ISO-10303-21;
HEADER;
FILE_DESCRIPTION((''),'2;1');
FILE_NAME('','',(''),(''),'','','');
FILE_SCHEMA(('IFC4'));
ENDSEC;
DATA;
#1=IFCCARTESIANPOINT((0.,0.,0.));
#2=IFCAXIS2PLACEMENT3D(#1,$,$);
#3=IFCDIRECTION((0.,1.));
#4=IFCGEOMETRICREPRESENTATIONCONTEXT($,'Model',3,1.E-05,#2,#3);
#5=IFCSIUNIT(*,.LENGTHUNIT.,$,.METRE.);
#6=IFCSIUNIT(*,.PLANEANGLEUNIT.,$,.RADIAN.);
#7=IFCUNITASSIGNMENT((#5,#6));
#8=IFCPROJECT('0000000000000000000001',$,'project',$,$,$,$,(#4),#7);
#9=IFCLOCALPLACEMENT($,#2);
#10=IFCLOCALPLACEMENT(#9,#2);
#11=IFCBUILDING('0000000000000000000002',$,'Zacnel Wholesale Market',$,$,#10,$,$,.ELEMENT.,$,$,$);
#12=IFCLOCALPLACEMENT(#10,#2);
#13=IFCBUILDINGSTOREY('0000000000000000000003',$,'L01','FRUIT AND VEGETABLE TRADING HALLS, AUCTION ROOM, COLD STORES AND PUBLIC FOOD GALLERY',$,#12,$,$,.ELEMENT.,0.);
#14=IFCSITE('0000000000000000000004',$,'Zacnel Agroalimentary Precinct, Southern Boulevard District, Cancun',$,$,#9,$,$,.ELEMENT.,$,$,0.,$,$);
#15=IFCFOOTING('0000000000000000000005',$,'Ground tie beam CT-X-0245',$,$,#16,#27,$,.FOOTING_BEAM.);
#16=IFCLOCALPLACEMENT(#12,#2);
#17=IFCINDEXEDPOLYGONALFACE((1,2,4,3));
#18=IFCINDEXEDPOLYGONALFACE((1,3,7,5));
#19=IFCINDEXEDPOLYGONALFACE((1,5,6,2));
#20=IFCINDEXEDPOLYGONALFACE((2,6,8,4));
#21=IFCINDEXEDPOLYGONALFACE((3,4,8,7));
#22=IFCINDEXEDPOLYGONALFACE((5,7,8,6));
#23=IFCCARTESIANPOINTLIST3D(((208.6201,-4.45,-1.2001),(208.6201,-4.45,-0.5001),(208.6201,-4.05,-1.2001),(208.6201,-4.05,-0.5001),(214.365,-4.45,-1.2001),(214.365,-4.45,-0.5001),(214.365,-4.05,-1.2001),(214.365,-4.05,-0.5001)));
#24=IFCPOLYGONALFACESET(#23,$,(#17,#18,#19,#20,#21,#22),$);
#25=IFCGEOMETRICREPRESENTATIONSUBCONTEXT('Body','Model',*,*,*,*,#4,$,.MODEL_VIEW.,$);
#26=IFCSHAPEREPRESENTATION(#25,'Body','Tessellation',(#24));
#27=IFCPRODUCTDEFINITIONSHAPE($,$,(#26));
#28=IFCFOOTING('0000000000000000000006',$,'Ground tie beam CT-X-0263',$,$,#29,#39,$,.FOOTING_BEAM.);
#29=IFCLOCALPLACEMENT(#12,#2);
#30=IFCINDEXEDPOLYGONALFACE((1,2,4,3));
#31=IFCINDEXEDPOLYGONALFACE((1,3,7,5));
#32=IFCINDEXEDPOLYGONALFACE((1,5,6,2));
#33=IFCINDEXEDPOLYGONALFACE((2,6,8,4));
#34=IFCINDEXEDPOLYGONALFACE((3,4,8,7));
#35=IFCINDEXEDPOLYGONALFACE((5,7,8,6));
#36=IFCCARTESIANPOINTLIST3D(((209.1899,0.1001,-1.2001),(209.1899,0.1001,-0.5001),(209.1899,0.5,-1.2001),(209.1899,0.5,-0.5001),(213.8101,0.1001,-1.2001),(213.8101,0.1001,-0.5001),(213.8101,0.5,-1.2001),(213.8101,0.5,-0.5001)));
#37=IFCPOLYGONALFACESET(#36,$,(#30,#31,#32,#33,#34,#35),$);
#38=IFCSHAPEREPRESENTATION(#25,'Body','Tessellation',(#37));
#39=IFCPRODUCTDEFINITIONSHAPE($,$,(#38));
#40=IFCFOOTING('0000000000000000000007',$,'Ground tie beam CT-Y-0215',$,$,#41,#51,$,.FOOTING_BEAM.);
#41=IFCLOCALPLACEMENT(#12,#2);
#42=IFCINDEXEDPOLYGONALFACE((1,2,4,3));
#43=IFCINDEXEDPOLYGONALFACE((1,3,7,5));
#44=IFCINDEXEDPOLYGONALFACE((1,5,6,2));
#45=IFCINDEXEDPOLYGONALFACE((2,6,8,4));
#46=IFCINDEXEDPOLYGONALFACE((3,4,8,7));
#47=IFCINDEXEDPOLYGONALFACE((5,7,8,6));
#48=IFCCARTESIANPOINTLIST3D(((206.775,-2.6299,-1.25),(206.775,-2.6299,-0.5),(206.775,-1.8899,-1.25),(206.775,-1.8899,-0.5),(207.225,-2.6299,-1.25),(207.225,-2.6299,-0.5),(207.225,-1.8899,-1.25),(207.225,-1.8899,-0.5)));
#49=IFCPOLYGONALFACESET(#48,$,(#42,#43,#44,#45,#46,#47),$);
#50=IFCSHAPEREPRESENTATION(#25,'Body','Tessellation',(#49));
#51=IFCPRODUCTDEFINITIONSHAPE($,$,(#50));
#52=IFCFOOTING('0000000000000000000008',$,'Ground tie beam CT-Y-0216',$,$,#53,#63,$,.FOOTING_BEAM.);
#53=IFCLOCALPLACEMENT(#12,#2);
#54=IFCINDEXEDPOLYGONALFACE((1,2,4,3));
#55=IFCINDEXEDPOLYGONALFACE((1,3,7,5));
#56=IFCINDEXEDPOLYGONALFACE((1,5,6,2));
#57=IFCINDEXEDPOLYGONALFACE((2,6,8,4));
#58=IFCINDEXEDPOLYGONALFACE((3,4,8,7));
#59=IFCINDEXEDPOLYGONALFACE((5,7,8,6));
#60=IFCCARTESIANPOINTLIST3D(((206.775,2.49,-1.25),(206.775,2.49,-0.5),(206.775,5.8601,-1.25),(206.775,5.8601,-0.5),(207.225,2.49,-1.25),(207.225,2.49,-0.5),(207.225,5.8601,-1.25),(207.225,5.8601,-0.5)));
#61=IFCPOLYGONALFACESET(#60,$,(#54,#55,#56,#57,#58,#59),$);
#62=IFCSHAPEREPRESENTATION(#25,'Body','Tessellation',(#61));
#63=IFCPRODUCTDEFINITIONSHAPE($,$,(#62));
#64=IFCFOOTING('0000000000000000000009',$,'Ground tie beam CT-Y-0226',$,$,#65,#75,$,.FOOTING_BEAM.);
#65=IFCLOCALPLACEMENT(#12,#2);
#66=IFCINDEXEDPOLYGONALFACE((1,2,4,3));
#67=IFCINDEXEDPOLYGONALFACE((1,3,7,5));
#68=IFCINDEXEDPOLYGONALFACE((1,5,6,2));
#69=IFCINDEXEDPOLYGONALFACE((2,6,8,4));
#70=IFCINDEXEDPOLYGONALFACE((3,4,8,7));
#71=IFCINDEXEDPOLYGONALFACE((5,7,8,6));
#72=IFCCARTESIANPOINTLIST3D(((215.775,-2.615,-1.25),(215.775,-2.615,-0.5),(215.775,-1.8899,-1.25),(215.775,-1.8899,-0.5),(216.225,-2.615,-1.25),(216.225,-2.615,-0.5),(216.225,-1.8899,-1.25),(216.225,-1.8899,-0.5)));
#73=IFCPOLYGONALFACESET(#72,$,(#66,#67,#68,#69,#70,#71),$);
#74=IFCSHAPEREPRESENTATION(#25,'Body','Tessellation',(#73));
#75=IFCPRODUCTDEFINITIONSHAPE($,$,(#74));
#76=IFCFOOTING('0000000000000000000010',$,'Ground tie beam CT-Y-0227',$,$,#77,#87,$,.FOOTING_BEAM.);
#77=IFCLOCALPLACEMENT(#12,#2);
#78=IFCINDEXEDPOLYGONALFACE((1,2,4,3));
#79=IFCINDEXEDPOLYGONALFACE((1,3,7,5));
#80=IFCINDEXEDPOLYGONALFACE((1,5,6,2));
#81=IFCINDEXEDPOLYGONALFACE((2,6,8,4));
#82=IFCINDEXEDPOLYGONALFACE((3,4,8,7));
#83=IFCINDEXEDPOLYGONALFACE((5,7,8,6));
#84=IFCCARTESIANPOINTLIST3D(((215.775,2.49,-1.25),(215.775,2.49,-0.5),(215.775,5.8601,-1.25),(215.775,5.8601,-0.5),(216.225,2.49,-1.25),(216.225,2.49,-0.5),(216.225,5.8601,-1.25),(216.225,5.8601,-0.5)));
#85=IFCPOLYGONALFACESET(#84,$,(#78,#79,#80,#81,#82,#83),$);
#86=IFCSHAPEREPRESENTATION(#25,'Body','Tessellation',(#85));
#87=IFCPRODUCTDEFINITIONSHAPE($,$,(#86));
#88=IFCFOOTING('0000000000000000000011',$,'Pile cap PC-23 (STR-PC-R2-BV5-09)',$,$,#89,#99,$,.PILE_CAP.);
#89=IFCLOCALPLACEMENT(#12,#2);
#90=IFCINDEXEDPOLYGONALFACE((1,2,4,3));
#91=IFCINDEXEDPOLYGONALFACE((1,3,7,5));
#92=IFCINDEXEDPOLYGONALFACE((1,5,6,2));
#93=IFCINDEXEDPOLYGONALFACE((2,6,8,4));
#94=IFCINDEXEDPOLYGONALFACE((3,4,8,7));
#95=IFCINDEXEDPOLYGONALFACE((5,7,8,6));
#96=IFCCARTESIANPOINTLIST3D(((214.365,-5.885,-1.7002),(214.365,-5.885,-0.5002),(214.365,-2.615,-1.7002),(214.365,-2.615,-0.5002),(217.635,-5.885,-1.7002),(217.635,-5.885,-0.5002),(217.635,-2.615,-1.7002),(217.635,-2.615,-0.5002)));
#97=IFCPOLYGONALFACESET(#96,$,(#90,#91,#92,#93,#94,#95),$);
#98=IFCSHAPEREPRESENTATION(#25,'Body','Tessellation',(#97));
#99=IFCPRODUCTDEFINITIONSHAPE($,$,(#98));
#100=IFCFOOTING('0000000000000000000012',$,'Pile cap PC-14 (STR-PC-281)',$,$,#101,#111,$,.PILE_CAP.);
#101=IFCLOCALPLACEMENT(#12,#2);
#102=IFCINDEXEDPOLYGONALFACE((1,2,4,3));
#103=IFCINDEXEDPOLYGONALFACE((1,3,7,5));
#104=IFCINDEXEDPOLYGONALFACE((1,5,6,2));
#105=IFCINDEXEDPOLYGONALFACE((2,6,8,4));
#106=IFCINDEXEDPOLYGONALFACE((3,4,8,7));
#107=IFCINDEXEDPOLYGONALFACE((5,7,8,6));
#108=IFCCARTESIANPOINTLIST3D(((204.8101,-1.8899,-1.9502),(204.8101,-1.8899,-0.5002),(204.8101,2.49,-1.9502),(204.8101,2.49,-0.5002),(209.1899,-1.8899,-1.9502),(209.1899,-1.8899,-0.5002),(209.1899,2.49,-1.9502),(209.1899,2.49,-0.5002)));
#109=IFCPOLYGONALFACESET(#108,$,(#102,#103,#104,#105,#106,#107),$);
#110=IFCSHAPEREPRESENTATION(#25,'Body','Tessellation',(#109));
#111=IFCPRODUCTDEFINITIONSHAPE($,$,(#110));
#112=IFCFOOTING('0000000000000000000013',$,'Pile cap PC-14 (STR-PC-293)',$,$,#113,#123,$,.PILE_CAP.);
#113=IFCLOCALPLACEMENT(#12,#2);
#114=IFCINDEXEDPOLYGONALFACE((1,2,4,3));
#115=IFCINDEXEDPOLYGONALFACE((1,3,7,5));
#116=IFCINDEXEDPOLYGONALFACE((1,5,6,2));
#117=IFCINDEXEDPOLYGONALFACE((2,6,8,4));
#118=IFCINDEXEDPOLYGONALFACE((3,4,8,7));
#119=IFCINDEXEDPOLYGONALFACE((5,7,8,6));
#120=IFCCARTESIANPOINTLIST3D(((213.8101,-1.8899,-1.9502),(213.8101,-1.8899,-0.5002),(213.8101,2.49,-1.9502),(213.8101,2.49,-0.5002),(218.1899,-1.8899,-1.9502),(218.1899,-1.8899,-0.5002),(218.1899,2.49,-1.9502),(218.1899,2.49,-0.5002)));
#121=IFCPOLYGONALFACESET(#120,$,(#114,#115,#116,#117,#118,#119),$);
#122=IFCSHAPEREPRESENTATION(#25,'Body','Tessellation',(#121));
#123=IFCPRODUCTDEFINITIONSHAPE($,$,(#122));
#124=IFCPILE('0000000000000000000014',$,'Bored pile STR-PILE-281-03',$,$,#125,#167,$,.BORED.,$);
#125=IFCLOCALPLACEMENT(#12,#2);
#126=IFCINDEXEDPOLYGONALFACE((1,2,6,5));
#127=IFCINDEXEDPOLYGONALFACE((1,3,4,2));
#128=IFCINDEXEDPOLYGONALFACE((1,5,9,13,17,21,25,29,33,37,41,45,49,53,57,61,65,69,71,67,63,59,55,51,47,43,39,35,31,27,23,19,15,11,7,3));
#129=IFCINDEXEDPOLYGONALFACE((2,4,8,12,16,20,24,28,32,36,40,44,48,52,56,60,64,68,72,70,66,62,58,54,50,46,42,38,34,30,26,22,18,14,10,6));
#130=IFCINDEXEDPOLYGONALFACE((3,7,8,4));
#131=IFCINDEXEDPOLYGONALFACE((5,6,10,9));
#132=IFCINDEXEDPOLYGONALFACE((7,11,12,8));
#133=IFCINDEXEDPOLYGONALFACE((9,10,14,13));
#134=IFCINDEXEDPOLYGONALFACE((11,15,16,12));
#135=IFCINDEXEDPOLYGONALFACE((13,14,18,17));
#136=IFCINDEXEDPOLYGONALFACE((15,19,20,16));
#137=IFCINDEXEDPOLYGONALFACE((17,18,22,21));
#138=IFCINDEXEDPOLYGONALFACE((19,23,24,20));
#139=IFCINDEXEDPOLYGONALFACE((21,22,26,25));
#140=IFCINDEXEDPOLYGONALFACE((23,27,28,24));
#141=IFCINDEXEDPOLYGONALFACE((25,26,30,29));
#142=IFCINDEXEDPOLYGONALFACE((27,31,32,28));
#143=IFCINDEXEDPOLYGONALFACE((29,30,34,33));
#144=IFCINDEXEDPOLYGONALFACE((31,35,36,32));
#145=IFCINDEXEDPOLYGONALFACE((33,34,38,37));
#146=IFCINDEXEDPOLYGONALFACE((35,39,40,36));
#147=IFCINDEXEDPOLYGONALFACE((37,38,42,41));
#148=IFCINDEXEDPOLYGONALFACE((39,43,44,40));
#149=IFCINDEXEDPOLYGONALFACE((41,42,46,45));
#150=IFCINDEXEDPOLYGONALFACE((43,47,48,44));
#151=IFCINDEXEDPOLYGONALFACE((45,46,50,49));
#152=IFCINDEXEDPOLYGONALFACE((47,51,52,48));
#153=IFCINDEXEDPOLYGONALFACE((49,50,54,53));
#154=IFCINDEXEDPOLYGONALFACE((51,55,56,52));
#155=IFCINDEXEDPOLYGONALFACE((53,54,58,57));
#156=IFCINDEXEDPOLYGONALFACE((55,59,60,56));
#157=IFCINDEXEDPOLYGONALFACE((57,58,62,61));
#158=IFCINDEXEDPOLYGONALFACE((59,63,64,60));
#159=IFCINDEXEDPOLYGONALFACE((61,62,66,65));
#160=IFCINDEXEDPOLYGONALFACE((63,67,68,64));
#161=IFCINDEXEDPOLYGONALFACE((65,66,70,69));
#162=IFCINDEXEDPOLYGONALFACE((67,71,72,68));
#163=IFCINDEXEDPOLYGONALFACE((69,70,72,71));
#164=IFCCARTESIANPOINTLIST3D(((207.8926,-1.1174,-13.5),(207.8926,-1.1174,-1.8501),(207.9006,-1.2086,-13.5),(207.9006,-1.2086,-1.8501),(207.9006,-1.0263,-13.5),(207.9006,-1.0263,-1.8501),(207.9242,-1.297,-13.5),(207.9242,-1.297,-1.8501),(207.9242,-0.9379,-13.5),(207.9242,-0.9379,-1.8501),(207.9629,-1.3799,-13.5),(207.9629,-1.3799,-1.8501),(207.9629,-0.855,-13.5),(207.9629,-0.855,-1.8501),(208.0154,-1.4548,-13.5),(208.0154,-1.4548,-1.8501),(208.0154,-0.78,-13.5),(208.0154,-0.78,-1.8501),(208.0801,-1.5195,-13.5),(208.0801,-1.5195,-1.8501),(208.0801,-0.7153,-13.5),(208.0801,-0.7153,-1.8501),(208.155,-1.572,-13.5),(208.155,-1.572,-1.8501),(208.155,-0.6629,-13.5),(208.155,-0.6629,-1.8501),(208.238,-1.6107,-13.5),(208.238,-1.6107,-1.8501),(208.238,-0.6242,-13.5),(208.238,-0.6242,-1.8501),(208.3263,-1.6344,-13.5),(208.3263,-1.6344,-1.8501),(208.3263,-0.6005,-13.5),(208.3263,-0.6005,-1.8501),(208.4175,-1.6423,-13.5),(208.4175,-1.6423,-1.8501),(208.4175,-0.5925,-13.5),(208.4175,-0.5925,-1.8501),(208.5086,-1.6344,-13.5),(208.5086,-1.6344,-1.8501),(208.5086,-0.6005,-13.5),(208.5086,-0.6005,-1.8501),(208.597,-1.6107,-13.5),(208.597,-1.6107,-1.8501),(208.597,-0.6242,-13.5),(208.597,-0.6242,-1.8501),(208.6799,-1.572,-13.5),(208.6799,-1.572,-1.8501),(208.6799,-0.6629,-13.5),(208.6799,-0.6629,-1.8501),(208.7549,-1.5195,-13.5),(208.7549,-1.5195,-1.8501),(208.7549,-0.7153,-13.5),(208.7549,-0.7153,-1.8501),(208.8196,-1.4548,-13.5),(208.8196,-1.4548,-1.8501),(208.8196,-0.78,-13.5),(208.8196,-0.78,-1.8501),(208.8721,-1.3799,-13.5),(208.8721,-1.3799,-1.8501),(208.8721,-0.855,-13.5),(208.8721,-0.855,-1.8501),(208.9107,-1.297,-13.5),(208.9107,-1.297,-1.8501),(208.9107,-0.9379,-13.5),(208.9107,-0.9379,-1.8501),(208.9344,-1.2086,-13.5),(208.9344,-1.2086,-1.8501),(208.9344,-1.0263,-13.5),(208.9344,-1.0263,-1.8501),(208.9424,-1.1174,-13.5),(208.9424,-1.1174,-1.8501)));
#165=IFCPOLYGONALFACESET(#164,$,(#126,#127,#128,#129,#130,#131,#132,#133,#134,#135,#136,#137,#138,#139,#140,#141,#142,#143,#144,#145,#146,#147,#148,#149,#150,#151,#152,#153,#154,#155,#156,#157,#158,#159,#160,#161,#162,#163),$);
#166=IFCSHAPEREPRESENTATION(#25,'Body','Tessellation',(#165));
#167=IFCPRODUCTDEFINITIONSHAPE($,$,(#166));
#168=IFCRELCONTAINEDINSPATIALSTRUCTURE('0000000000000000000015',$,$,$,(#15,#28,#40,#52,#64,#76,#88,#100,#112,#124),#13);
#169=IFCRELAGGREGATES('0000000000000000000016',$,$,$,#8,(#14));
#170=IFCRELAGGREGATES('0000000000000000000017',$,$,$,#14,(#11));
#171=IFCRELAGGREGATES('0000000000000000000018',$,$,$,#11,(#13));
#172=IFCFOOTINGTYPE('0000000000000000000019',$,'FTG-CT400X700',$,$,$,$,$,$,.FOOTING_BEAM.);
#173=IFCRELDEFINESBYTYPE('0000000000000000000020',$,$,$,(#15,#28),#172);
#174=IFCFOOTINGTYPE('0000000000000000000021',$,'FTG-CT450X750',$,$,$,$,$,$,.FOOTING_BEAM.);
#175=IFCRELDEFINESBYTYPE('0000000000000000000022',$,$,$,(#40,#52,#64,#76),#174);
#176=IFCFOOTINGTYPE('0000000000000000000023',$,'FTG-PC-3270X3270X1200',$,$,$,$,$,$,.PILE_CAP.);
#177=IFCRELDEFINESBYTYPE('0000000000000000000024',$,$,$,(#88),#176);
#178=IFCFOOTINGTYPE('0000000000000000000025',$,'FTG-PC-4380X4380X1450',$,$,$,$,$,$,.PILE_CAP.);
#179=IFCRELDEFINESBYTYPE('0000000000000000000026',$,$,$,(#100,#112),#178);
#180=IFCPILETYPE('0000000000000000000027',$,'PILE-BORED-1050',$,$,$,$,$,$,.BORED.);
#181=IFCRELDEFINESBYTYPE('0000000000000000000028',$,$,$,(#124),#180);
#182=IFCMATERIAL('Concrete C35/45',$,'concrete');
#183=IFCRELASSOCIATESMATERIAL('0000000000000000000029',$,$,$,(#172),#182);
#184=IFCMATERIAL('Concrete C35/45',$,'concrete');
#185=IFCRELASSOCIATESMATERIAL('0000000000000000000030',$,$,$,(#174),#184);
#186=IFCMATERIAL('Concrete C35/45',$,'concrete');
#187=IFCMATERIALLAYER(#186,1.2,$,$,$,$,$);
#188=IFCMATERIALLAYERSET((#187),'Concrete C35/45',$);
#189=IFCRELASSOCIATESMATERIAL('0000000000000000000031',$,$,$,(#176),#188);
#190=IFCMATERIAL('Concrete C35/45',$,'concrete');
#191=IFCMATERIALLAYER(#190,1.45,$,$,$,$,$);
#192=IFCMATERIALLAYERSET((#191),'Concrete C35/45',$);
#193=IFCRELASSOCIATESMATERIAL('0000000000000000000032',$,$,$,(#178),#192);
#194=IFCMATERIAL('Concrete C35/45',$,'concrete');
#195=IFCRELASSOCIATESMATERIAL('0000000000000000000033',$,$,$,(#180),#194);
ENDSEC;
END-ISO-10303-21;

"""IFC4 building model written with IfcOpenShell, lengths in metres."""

from ifc_helpers import new_model, si_unit, direction, frame, origin, origin_2d, place, context, subcontext, project, spatial, rectangle, circle, extrude, material, layer, layer_set, material_profile, profile_set, type_object, element, save


model = new_model("IFC4")

# Units and contexts
model_context = context("Model", 3, precision=1e-05, world=origin(), true_north=direction((0.0, 1.0)))
body_context = subcontext(model_context, "Body", "Model", "MODEL_VIEW")
ifc_project = project(units=[si_unit("LENGTHUNIT", "METRE"), si_unit("PLANEANGLEUNIT", "RADIAN")], contexts=[model_context])

# Site, building, storey
site_placement = place(None, origin())
site = spatial("IfcSite", under=ifc_project, at=site_placement, Name="Zacnel Agroalimentary Precinct, Southern Boulevard District, Cancun", CompositionType="ELEMENT", RefElevation=0.0)
building_placement = place(site_placement, origin())
building = spatial("IfcBuilding", under=site, at=building_placement, Name="Zacnel Wholesale Market", CompositionType="ELEMENT")
storey_placement = place(building_placement, origin())
storey = spatial("IfcBuildingStorey", under=building, at=storey_placement, Name="L01", Description="FRUIT AND VEGETABLE TRADING HALLS, AUCTION ROOM, COLD STORES AND PUBLIC FOOD GALLERY", CompositionType="ELEMENT", Elevation=0.0)

# Footings
ifc_material_1 = material(Name="Concrete C35/45", Category="concrete")
ifc_material_profile_1 = material_profile(ifc_material_1, rectangle(XDim=0.3999, YDim=0.7, at=origin_2d()), Name="CT 400x700")
ifc_profile_set_1 = profile_set([ifc_material_profile_1], Name="Concrete C35/45")
footing_type_1 = type_object("IfcFootingType", Name="FTG-CT400X700", PredefinedType="FOOTING_BEAM", material=ifc_profile_set_1)
footing_1_placement = place(storey_placement, frame((208.6201, -4.25, -0.8501), z_axis=(1.0, 0.0, 0.0), x_axis=(0.0, 1.0, 0.0)))
element("IfcFooting", 1, at=footing_1_placement, inside=storey, type_object=footing_type_1, Name="Ground tie beam CT-X-0245", PredefinedType="FOOTING_BEAM", context=body_context, shape_type="SweptSolid", body=[
    extrude(rectangle(XDim=0.3999, YDim=0.7, at=origin_2d()), origin(), (0.0, 0.0, 1.0), 5.7449),
])
footing_2_placement = place(storey_placement, frame((209.1899, 0.3, -0.8501), z_axis=(1.0, 0.0, 0.0), x_axis=(0.0, 1.0, 0.0)))
element("IfcFooting", 2, at=footing_2_placement, inside=storey, type_object=footing_type_1, Name="Ground tie beam CT-X-0263", PredefinedType="FOOTING_BEAM", context=body_context, shape_type="SweptSolid", body=[
    extrude(rectangle(XDim=0.3999, YDim=0.7, at=origin_2d()), origin(), (0.0, 0.0, 1.0), 4.6201),
])
ifc_material_2 = material(Name="Concrete C35/45", Category="concrete")
ifc_material_profile_2 = material_profile(ifc_material_2, rectangle(XDim=0.45, YDim=0.75, at=origin_2d()), Name="CT 450x750")
ifc_profile_set_2 = profile_set([ifc_material_profile_2], Name="Concrete C35/45")
footing_type_2 = type_object("IfcFootingType", Name="FTG-CT450X750", PredefinedType="FOOTING_BEAM", material=ifc_profile_set_2)
footing_3_placement = place(storey_placement, frame((207.0, -2.6299, -0.875), z_axis=(0.0, 1.0, 0.0), x_axis=(-1.0, 0.0, 0.0)))
element("IfcFooting", 3, at=footing_3_placement, inside=storey, type_object=footing_type_2, Name="Ground tie beam CT-Y-0215", PredefinedType="FOOTING_BEAM", context=body_context, shape_type="SweptSolid", body=[
    extrude(rectangle(XDim=0.45, YDim=0.75, at=origin_2d()), origin(), (0.0, 0.0, 1.0), 0.74),
])
footing_4_placement = place(storey_placement, frame((207.0, 2.49, -0.875), z_axis=(0.0, 1.0, 0.0), x_axis=(-1.0, 0.0, 0.0)))
element("IfcFooting", 4, at=footing_4_placement, inside=storey, type_object=footing_type_2, Name="Ground tie beam CT-Y-0216", PredefinedType="FOOTING_BEAM", context=body_context, shape_type="SweptSolid", body=[
    extrude(rectangle(XDim=0.45, YDim=0.75, at=origin_2d()), origin(), (0.0, 0.0, 1.0), 3.3701),
])
footing_5_placement = place(storey_placement, frame((216.0, -2.615, -0.875), z_axis=(0.0, 1.0, 0.0), x_axis=(-1.0, 0.0, 0.0)))
element("IfcFooting", 5, at=footing_5_placement, inside=storey, type_object=footing_type_2, Name="Ground tie beam CT-Y-0226", PredefinedType="FOOTING_BEAM", context=body_context, shape_type="SweptSolid", body=[
    extrude(rectangle(XDim=0.45, YDim=0.75, at=origin_2d()), origin(), (0.0, 0.0, 1.0), 0.7251),
])
footing_6_placement = place(storey_placement, frame((216.0, 2.49, -0.875), z_axis=(0.0, 1.0, 0.0), x_axis=(-1.0, 0.0, 0.0)))
element("IfcFooting", 6, at=footing_6_placement, inside=storey, type_object=footing_type_2, Name="Ground tie beam CT-Y-0227", PredefinedType="FOOTING_BEAM", context=body_context, shape_type="SweptSolid", body=[
    extrude(rectangle(XDim=0.45, YDim=0.75, at=origin_2d()), origin(), (0.0, 0.0, 1.0), 3.3701),
])
ifc_material_3 = material(Name="Concrete C35/45", Category="concrete")
ifc_layer_1 = layer(ifc_material_3, 1.2)
ifc_layer_set_1 = layer_set([ifc_layer_1], Name="Concrete C35/45")
footing_type_3 = type_object("IfcFootingType", Name="FTG-PC-3270X3270X1200", PredefinedType="PILE_CAP", material=ifc_layer_set_1)
footing_7_placement = place(storey_placement, frame((216.0, -4.25, -1.7002), z_axis=(0.0, 0.0, 1.0), x_axis=(1.0, 0.0, 0.0)))
element("IfcFooting", 7, at=footing_7_placement, inside=storey, type_object=footing_type_3, Name="Pile cap PC-23 (STR-PC-R2-BV5-09)", PredefinedType="PILE_CAP", context=body_context, shape_type="SweptSolid", body=[
    extrude(rectangle(XDim=3.27, YDim=3.27, at=origin_2d()), origin(), (0.0, 0.0, 1.0), 1.2),
])
ifc_material_4 = material(Name="Concrete C35/45", Category="concrete")
ifc_layer_2 = layer(ifc_material_4, 1.45)
ifc_layer_set_2 = layer_set([ifc_layer_2], Name="Concrete C35/45")
footing_type_4 = type_object("IfcFootingType", Name="FTG-PC-4380X4380X1450", PredefinedType="PILE_CAP", material=ifc_layer_set_2)
for number, where, z_axis, x_axis, name in (
    (8, (207.0, 0.3, -1.9502), (0.0, 0.0, 1.0), (1.0, 0.0, 0.0), "Pile cap PC-14 (STR-PC-281)"),
    (9, (216.0, 0.3, -1.9502), (0.0, 0.0, 1.0), (1.0, 0.0, 0.0), "Pile cap PC-14 (STR-PC-293)"),
):
    element("IfcFooting", number, at=place(storey_placement, frame(where, z_axis=z_axis, x_axis=x_axis)), inside=storey, type_object=footing_type_4, Name=name, PredefinedType="PILE_CAP", context=body_context, shape_type="SweptSolid", body=[
        extrude(rectangle(XDim=4.3799, YDim=4.3799, at=origin_2d()), origin(), (0.0, 0.0, 1.0), 1.45),
    ])

# Pile
ifc_material_5 = material(Name="Concrete C35/45", Category="concrete")
ifc_material_profile_3 = material_profile(ifc_material_5, circle(Radius=0.5249, at=origin_2d()), Name="BORED PILE D1050")
ifc_profile_set_3 = profile_set([ifc_material_profile_3], Name="Concrete C35/45")
pile_type_1 = type_object("IfcPileType", Name="PILE-BORED-1050", PredefinedType="BORED", material=ifc_profile_set_3)
for number, where, z_axis, x_axis, name in (
    (10, (208.4175, -1.1174, -1.8501), (0.0, 0.0, -1.0), (1.0, 0.0, 0.0), "Bored pile STR-PILE-281-03"),
):
    element("IfcPile", number, at=place(storey_placement, frame(where, z_axis=z_axis, x_axis=x_axis)), inside=storey, type_object=pile_type_1, Name=name, PredefinedType="BORED", context=body_context, shape_type="SweptSolid", body=[
        extrude(circle(Radius=0.5249, at=origin_2d()), origin(), (0.0, 0.0, 1.0), 11.6499),
    ])

save(model, "model.ifc")
